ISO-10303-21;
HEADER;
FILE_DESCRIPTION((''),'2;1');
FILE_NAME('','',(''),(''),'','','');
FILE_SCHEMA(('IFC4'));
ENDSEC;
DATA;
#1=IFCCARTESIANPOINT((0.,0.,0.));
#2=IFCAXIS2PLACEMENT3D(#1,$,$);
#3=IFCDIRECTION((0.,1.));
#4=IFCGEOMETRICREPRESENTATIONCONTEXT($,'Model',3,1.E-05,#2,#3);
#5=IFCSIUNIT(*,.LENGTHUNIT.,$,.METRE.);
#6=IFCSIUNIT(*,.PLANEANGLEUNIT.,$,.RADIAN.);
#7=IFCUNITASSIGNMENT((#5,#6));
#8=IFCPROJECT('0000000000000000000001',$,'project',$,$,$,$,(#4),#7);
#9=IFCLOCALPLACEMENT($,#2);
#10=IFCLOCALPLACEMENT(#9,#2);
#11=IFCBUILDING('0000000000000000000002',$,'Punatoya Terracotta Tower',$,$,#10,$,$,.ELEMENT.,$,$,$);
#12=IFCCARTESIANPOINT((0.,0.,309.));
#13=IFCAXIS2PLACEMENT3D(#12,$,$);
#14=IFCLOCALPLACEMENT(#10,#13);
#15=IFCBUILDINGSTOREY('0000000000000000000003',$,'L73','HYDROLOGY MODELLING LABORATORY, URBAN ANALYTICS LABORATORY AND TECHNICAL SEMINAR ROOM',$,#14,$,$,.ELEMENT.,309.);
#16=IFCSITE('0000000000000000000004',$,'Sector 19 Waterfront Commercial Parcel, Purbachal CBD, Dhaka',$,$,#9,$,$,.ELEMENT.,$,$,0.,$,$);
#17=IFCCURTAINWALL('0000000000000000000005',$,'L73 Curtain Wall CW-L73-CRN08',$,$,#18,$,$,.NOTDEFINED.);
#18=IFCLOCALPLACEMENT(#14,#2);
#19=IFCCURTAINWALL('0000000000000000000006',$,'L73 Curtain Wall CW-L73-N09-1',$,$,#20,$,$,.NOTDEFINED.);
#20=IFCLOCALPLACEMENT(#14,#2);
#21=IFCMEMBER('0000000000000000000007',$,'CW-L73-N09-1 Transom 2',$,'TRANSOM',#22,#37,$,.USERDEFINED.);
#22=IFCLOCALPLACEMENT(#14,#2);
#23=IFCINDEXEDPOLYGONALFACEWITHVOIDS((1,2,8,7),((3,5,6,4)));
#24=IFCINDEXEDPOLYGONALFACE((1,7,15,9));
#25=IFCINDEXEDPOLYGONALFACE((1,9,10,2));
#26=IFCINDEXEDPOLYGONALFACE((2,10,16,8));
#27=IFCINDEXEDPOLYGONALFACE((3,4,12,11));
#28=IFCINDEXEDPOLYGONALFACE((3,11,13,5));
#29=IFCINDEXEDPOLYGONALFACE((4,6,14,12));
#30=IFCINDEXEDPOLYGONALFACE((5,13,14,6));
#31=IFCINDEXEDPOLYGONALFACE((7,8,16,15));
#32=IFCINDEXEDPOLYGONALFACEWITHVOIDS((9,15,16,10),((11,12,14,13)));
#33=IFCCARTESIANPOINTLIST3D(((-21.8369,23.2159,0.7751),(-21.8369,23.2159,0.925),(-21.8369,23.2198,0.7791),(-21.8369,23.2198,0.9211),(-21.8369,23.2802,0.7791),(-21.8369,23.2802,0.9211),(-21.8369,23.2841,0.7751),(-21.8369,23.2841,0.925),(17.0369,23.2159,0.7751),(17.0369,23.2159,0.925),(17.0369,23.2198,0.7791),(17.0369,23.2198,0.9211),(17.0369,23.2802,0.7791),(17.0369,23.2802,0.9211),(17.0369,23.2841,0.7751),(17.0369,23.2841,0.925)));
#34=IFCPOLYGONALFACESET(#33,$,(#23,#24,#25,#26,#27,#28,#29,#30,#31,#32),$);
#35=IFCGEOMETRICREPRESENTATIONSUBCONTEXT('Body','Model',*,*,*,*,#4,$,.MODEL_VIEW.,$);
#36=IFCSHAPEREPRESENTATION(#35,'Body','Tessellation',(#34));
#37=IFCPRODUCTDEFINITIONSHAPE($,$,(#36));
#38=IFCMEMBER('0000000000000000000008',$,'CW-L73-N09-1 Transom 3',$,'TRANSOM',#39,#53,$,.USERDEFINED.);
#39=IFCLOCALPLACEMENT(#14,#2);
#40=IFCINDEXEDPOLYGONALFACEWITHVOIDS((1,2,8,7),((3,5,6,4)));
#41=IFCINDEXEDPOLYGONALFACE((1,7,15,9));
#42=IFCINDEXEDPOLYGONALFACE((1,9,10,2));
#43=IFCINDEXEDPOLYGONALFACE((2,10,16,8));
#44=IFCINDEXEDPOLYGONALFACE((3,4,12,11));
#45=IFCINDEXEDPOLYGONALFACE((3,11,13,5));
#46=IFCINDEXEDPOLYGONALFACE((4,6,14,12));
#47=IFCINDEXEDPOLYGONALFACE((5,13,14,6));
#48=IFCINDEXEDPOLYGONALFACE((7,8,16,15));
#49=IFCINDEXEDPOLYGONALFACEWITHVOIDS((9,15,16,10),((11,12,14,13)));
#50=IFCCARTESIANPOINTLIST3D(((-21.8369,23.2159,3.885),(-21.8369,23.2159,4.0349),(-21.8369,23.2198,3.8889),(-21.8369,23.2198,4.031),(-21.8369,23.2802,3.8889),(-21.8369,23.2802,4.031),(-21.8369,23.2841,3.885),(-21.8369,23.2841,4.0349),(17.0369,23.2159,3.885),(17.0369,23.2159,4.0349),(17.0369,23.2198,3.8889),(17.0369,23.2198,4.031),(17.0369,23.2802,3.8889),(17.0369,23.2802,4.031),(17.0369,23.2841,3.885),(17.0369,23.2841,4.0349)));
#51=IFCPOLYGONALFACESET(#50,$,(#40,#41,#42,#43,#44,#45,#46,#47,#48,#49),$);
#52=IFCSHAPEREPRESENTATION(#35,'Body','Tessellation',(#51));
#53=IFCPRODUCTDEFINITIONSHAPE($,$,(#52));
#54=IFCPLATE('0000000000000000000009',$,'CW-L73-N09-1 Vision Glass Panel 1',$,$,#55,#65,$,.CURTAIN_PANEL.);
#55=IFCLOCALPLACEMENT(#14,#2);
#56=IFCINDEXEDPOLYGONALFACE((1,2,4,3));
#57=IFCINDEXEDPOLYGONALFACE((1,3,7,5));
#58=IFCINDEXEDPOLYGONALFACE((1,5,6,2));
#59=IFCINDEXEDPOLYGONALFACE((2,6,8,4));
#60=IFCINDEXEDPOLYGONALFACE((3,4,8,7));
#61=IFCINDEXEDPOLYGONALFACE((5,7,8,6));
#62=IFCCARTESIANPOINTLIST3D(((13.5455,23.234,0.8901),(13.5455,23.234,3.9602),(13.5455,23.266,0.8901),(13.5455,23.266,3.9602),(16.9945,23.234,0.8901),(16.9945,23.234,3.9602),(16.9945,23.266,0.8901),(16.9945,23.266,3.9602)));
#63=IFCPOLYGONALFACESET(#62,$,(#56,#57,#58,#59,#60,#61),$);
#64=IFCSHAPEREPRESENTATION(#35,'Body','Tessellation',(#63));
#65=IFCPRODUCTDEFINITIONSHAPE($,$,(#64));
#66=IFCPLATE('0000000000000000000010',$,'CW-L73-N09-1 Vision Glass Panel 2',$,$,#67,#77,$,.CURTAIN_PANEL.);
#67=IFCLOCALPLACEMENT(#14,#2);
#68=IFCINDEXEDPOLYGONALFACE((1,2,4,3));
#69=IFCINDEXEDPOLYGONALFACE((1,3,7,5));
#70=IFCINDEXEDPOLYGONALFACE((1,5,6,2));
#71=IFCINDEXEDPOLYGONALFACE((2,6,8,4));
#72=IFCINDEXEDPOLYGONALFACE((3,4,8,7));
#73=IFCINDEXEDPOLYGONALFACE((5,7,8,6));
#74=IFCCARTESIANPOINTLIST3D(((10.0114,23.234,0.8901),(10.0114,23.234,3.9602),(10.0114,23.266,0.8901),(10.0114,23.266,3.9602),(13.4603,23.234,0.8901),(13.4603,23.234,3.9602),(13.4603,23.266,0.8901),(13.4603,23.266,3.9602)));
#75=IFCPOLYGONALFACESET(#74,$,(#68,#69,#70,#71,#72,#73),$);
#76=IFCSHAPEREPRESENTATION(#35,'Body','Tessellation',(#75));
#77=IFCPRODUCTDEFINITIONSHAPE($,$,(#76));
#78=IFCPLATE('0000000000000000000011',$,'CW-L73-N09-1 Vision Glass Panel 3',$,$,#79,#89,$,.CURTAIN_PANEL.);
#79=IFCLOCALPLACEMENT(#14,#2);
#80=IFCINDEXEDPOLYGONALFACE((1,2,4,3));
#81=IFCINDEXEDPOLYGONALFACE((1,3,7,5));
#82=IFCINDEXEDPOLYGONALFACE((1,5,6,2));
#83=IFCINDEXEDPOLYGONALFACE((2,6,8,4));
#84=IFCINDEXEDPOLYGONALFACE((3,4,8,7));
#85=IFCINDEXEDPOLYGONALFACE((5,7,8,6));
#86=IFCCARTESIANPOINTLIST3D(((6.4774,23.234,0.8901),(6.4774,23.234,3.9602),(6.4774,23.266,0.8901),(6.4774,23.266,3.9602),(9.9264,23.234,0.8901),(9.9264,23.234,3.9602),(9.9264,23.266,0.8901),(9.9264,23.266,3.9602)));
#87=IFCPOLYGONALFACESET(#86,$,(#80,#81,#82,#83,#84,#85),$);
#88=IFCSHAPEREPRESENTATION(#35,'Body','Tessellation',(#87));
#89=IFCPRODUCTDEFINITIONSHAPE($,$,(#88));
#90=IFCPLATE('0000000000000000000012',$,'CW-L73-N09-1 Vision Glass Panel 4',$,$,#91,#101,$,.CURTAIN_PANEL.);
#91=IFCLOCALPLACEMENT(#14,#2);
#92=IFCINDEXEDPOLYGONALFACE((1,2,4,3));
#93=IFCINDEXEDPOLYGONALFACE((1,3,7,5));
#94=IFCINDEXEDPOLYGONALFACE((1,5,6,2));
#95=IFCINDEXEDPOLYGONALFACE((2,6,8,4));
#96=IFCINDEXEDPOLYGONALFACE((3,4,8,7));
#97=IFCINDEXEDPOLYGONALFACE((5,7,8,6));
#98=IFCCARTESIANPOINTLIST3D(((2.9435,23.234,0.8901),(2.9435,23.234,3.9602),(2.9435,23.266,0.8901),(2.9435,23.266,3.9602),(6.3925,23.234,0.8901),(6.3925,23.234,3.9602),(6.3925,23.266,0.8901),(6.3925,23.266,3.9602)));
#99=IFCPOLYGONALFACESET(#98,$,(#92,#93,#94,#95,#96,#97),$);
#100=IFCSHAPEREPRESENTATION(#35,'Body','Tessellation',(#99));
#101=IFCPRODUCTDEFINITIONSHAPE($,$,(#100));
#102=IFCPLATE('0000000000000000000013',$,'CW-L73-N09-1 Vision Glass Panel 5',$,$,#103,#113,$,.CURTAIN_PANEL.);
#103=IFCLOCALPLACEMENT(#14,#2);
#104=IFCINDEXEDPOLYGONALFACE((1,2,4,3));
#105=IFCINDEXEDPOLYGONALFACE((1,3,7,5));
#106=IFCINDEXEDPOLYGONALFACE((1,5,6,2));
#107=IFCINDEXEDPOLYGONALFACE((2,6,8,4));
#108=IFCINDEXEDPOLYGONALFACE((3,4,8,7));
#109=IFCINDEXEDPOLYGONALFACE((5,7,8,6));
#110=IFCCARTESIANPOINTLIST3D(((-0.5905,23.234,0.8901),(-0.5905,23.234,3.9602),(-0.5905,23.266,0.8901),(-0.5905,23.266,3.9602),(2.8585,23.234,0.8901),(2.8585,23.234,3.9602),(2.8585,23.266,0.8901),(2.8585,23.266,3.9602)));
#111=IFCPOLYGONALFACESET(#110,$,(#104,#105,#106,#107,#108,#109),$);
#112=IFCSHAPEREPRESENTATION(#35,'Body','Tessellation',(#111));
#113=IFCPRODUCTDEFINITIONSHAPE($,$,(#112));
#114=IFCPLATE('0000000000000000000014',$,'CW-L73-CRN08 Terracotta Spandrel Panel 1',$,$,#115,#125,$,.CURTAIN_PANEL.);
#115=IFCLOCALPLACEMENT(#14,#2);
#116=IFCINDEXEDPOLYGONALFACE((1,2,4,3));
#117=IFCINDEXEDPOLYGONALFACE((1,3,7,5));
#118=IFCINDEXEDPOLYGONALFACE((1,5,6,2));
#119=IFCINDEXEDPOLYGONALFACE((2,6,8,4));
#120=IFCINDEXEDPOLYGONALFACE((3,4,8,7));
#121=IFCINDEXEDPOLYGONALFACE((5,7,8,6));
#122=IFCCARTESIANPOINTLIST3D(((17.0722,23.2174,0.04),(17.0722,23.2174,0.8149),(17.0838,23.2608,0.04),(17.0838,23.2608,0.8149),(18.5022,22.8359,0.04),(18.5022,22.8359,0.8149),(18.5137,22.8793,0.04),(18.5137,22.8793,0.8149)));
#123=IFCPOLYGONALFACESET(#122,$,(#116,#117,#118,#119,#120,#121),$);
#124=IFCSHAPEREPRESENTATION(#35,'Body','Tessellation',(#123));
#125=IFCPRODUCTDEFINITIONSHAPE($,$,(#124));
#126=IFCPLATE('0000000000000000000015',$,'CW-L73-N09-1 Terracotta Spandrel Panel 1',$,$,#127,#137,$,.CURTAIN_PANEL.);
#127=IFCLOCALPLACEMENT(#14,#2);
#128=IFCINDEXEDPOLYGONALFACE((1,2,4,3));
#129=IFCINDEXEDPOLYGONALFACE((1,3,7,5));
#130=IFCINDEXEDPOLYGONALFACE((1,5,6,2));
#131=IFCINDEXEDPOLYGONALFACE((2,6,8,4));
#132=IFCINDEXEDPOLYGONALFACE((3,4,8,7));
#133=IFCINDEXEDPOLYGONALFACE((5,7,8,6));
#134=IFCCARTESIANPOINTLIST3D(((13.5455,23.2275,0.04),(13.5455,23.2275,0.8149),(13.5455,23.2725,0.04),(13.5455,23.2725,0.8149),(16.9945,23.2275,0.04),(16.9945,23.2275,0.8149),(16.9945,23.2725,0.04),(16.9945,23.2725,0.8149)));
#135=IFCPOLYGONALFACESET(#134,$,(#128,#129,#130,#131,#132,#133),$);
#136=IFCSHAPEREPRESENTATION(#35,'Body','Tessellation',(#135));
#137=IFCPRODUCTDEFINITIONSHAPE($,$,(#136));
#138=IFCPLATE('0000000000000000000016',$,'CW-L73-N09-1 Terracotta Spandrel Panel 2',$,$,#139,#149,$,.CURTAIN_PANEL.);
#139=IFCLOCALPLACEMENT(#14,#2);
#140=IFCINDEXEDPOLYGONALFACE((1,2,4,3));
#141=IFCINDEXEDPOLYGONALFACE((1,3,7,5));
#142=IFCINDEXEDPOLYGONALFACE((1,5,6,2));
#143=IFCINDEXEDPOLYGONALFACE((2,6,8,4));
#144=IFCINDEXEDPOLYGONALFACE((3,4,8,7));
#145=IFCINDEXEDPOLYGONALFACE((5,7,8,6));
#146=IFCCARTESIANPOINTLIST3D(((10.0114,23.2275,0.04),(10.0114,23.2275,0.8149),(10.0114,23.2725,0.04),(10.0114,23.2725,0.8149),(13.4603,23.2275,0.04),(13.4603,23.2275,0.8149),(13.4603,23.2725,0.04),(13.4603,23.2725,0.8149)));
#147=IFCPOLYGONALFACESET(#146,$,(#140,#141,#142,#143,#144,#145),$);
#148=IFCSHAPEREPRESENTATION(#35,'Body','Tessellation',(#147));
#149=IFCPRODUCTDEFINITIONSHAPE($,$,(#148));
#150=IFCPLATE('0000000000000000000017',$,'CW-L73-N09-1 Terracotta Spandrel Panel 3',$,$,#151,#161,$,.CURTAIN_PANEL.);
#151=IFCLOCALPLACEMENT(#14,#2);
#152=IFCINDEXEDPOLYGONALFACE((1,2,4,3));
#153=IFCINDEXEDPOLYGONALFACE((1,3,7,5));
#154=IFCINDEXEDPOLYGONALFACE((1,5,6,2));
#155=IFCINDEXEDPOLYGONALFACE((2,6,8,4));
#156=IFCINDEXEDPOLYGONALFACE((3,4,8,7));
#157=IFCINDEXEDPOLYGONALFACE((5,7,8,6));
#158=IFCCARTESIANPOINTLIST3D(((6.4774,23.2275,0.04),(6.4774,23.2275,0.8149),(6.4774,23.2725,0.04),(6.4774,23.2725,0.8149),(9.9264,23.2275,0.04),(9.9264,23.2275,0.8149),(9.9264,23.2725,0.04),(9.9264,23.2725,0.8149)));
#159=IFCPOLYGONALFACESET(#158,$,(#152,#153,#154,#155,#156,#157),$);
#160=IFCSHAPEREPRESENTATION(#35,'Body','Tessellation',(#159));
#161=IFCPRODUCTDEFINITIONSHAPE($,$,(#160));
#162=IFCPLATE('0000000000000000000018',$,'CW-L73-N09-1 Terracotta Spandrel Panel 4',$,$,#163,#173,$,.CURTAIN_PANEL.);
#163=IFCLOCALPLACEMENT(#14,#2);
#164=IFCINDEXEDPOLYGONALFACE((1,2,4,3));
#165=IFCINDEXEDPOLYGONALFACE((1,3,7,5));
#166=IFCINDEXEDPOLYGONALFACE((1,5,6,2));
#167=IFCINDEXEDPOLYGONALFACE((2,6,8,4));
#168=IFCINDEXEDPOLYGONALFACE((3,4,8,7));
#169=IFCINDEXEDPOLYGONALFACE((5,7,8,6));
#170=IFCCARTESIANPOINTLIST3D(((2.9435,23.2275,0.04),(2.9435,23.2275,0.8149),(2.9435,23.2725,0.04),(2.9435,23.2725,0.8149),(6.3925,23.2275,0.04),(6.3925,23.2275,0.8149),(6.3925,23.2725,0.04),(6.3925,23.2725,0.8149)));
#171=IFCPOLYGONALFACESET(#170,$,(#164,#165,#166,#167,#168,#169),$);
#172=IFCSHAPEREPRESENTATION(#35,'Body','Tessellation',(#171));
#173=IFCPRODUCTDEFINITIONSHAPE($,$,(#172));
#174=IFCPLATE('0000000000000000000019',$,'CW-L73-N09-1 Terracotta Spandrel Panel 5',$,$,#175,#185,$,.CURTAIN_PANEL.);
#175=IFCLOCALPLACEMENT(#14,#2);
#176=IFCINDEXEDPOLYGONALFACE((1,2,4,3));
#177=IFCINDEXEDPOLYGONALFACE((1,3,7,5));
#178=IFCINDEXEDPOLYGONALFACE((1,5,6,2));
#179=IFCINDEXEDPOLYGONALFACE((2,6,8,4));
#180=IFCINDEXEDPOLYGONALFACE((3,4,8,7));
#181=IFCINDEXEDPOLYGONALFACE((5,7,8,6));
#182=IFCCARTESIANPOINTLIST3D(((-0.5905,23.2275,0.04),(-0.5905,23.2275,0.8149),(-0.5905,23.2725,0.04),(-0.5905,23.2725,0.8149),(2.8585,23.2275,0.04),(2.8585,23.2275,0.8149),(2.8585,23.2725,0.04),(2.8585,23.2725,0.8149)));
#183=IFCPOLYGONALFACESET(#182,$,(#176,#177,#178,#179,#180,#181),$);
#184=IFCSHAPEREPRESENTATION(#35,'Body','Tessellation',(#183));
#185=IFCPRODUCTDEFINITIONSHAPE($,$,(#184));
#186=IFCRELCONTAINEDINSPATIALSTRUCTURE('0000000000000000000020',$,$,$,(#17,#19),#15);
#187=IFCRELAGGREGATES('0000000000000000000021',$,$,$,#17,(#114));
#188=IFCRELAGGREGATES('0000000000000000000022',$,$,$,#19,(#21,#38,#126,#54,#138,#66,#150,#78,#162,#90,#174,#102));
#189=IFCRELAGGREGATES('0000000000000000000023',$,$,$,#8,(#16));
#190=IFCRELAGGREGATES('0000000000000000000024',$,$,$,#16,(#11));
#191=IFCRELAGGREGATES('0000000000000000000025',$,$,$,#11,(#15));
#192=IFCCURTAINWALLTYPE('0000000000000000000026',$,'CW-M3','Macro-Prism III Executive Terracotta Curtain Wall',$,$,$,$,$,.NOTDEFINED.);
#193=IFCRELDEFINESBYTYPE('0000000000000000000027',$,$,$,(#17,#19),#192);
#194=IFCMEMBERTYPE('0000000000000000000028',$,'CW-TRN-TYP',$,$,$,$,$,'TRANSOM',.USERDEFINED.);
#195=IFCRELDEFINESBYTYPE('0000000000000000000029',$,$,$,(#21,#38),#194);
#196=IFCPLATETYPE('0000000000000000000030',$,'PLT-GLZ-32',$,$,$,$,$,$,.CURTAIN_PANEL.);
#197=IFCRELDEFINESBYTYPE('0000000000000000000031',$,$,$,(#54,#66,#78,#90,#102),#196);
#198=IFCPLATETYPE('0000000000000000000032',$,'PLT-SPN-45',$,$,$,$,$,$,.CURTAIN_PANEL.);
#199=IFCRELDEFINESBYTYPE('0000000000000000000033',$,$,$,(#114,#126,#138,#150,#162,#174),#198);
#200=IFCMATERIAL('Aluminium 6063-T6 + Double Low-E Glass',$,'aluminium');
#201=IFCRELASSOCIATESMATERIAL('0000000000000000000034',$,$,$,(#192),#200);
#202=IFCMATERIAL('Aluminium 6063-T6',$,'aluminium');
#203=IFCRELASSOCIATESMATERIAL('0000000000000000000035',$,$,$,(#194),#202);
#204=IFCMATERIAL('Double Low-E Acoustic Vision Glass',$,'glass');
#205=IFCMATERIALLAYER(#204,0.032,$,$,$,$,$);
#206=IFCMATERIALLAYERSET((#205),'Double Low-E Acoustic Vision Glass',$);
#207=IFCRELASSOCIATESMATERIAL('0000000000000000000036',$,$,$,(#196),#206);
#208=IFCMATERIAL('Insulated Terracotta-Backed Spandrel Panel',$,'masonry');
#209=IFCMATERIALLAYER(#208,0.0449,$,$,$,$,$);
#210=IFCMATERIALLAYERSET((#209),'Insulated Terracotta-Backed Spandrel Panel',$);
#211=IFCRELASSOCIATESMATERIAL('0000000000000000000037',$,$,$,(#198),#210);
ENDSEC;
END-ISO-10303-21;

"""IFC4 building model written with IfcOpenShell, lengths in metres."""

from ifc_helpers import new_model, si_unit, direction, frame, origin, origin_2d, place, context, subcontext, project, spatial, rectangle, hollow_rectangle, extrude, material, layer, layer_set, material_profile, profile_set, type_object, element, aggregate, save


model = new_model("IFC4")

# Units and contexts
model_context = context("Model", 3, precision=1e-05, world=origin(), true_north=direction((0.0, 1.0)))
body_context = subcontext(model_context, "Body", "Model", "MODEL_VIEW")
ifc_project = project(units=[si_unit("LENGTHUNIT", "METRE"), si_unit("PLANEANGLEUNIT", "RADIAN")], contexts=[model_context])

# Site, building, storey
site_placement = place(None, origin())
site = spatial("IfcSite", under=ifc_project, at=site_placement, Name="Sector 19 Waterfront Commercial Parcel, Purbachal CBD, Dhaka", CompositionType="ELEMENT", RefElevation=0.0)
building_placement = place(site_placement, origin())
building = spatial("IfcBuilding", under=site, at=building_placement, Name="Punatoya Terracotta Tower", CompositionType="ELEMENT")
storey_placement = place(building_placement, frame((0.0, 0.0, 309.0)))
storey = spatial("IfcBuildingStorey", under=building, at=storey_placement, Name="L73", Description="HYDROLOGY MODELLING LABORATORY, URBAN ANALYTICS LABORATORY AND TECHNICAL SEMINAR ROOM", CompositionType="ELEMENT", Elevation=309.0)

# Curtain wall
ifc_material_1 = material(Name="Aluminium 6063-T6 + Double Low-E Glass", Category="aluminium")
curtain_wall_type = type_object("IfcCurtainWallType", Name="CW-M3", Description="Macro-Prism III Executive Terracotta Curtain Wall", PredefinedType="NOTDEFINED", material=ifc_material_1)
curtain_wall_1_placement = place(storey_placement, origin())
curtain_wall_1 = element("IfcCurtainWall", 1, at=curtain_wall_1_placement, inside=storey, type_object=curtain_wall_type, Name="L73 Curtain Wall CW-L73-CRN08", PredefinedType="NOTDEFINED")
ifc_material_2 = material(Name="Aluminium 6063-T6", Category="aluminium")

# Curtain wall, members, plates
curtain_wall_2_placement = place(storey_placement, origin())
curtain_wall_2 = element("IfcCurtainWall", 2, at=curtain_wall_2_placement, inside=storey, type_object=curtain_wall_type, Name="L73 Curtain Wall CW-L73-N09-1", PredefinedType="NOTDEFINED")
ifc_material_profile_1 = material_profile(ifc_material_2, hollow_rectangle(XDim=0.0681, YDim=0.1499, WallThickness=0.0039, at=origin_2d()))
ifc_profile_set_1 = profile_set([ifc_material_profile_1], Name="Aluminium 6063-T6")
member_type_1 = type_object("IfcMemberType", Name="CW-TRN-TYP", ElementType="TRANSOM", PredefinedType="USERDEFINED", material=ifc_profile_set_1)
member_1_placement = place(storey_placement, frame((17.0369, 23.25, 0.8501), z_axis=(-1.0, 0.0, 0.0), x_axis=(0.0, -1.0, 0.0)))
member_1 = element("IfcMember", 3, at=member_1_placement, type_object=member_type_1, Name="CW-L73-N09-1 Transom 2", ObjectType="TRANSOM", PredefinedType="USERDEFINED", context=body_context, shape_type="SweptSolid", body=[
    extrude(hollow_rectangle(XDim=0.0681, YDim=0.1499, WallThickness=0.0039, at=origin_2d()), origin(), (0.0, 0.0, 1.0), 38.8738),
])
member_2_placement = place(storey_placement, frame((17.0369, 23.25, 3.96), z_axis=(-1.0, 0.0, 0.0), x_axis=(0.0, -1.0, 0.0)))
member_2 = element("IfcMember", 4, at=member_2_placement, type_object=member_type_1, Name="CW-L73-N09-1 Transom 3", ObjectType="TRANSOM", PredefinedType="USERDEFINED", context=body_context, shape_type="SweptSolid", body=[
    extrude(hollow_rectangle(XDim=0.0681, YDim=0.1499, WallThickness=0.0039, at=origin_2d()), origin(), (0.0, 0.0, 1.0), 38.8738),
])
ifc_material_3 = material(Name="Double Low-E Acoustic Vision Glass", Category="glass")
ifc_layer_1 = layer(ifc_material_3, 0.032)
ifc_layer_set_1 = layer_set([ifc_layer_1], Name="Double Low-E Acoustic Vision Glass")
plate_type_1 = type_object("IfcPlateType", Name="PLT-GLZ-32", PredefinedType="CURTAIN_PANEL", material=ifc_layer_set_1)
plate_1_placement = place(storey_placement, frame((15.27, 23.25, 0.8901), z_axis=(0.0, 0.0, 1.0), x_axis=(-1.0, 0.0, 0.0)))
plate_1 = element("IfcPlate", 5, at=plate_1_placement, type_object=plate_type_1, Name="CW-L73-N09-1 Vision Glass Panel 1", PredefinedType="CURTAIN_PANEL", context=body_context, shape_type="SweptSolid", body=[
    extrude(rectangle(XDim=3.449, YDim=0.032, at=origin_2d()), origin(), (0.0, 0.0, 1.0), 3.0701),
])
plate_2_placement = place(storey_placement, frame((11.7358, 23.25, 0.8901), z_axis=(0.0, 0.0, 1.0), x_axis=(-1.0, 0.0, 0.0)))
plate_2 = element("IfcPlate", 6, at=plate_2_placement, type_object=plate_type_1, Name="CW-L73-N09-1 Vision Glass Panel 2", PredefinedType="CURTAIN_PANEL", context=body_context, shape_type="SweptSolid", body=[
    extrude(rectangle(XDim=3.449, YDim=0.032, at=origin_2d()), origin(), (0.0, 0.0, 1.0), 3.0701),
])
plate_3_placement = place(storey_placement, frame((8.2019, 23.25, 0.8901), z_axis=(0.0, 0.0, 1.0), x_axis=(-1.0, 0.0, 0.0)))
plate_3 = element("IfcPlate", 7, at=plate_3_placement, type_object=plate_type_1, Name="CW-L73-N09-1 Vision Glass Panel 3", PredefinedType="CURTAIN_PANEL", context=body_context, shape_type="SweptSolid", body=[
    extrude(rectangle(XDim=3.449, YDim=0.032, at=origin_2d()), origin(), (0.0, 0.0, 1.0), 3.0701),
])
plate_4_placement = place(storey_placement, frame((4.668, 23.25, 0.8901), z_axis=(0.0, 0.0, 1.0), x_axis=(-1.0, 0.0, 0.0)))
plate_4 = element("IfcPlate", 8, at=plate_4_placement, type_object=plate_type_1, Name="CW-L73-N09-1 Vision Glass Panel 4", PredefinedType="CURTAIN_PANEL", context=body_context, shape_type="SweptSolid", body=[
    extrude(rectangle(XDim=3.449, YDim=0.032, at=origin_2d()), origin(), (0.0, 0.0, 1.0), 3.0701),
])
plate_5_placement = place(storey_placement, frame((1.134, 23.25, 0.8901), z_axis=(0.0, 0.0, 1.0), x_axis=(-1.0, 0.0, 0.0)))
plate_5 = element("IfcPlate", 9, at=plate_5_placement, type_object=plate_type_1, Name="CW-L73-N09-1 Vision Glass Panel 5", PredefinedType="CURTAIN_PANEL", context=body_context, shape_type="SweptSolid", body=[
    extrude(rectangle(XDim=3.449, YDim=0.032, at=origin_2d()), origin(), (0.0, 0.0, 1.0), 3.0701),
])

# Plates
ifc_material_4 = material(Name="Insulated Terracotta-Backed Spandrel Panel", Category="masonry")
ifc_layer_2 = layer(ifc_material_4, 0.0449)
ifc_layer_set_2 = layer_set([ifc_layer_2], Name="Insulated Terracotta-Backed Spandrel Panel")
plate_type_2 = type_object("IfcPlateType", Name="PLT-SPN-45", PredefinedType="CURTAIN_PANEL", material=ifc_layer_set_2)
plate_6_placement = place(storey_placement, frame((17.793, 23.0483, 0.04), z_axis=(0.0, 0.0, 1.0), x_axis=(-0.966214, 0.257742, 0.0)))
plate_6 = element("IfcPlate", 10, at=plate_6_placement, type_object=plate_type_2, Name="CW-L73-CRN08 Terracotta Spandrel Panel 1", PredefinedType="CURTAIN_PANEL", context=body_context, shape_type="SweptSolid", body=[
    extrude(rectangle(XDim=1.48, YDim=0.0449, at=origin_2d()), origin(), (0.0, 0.0, 1.0), 0.7749),
])
aggregate(curtain_wall_1, [plate_6])
plate_7_placement = place(storey_placement, frame((15.27, 23.25, 0.04), z_axis=(0.0, 0.0, 1.0), x_axis=(-1.0, 0.0, 0.0)))
plate_7 = element("IfcPlate", 11, at=plate_7_placement, type_object=plate_type_2, Name="CW-L73-N09-1 Terracotta Spandrel Panel 1", PredefinedType="CURTAIN_PANEL", context=body_context, shape_type="SweptSolid", body=[
    extrude(rectangle(XDim=3.449, YDim=0.0449, at=origin_2d()), origin(), (0.0, 0.0, 1.0), 0.7749),
])
plate_8_placement = place(storey_placement, frame((11.7358, 23.25, 0.04), z_axis=(0.0, 0.0, 1.0), x_axis=(-1.0, 0.0, 0.0)))
plate_8 = element("IfcPlate", 12, at=plate_8_placement, type_object=plate_type_2, Name="CW-L73-N09-1 Terracotta Spandrel Panel 2", PredefinedType="CURTAIN_PANEL", context=body_context, shape_type="SweptSolid", body=[
    extrude(rectangle(XDim=3.449, YDim=0.0449, at=origin_2d()), origin(), (0.0, 0.0, 1.0), 0.7749),
])
plate_9_placement = place(storey_placement, frame((8.2019, 23.25, 0.04), z_axis=(0.0, 0.0, 1.0), x_axis=(-1.0, 0.0, 0.0)))
plate_9 = element("IfcPlate", 13, at=plate_9_placement, type_object=plate_type_2, Name="CW-L73-N09-1 Terracotta Spandrel Panel 3", PredefinedType="CURTAIN_PANEL", context=body_context, shape_type="SweptSolid", body=[
    extrude(rectangle(XDim=3.449, YDim=0.0449, at=origin_2d()), origin(), (0.0, 0.0, 1.0), 0.7749),
])
plate_10_placement = place(storey_placement, frame((4.668, 23.25, 0.04), z_axis=(0.0, 0.0, 1.0), x_axis=(-1.0, 0.0, 0.0)))
plate_10 = element("IfcPlate", 14, at=plate_10_placement, type_object=plate_type_2, Name="CW-L73-N09-1 Terracotta Spandrel Panel 4", PredefinedType="CURTAIN_PANEL", context=body_context, shape_type="SweptSolid", body=[
    extrude(rectangle(XDim=3.449, YDim=0.0449, at=origin_2d()), origin(), (0.0, 0.0, 1.0), 0.7749),
])
plate_11_placement = place(storey_placement, frame((1.134, 23.25, 0.04), z_axis=(0.0, 0.0, 1.0), x_axis=(-1.0, 0.0, 0.0)))
plate_11 = element("IfcPlate", 15, at=plate_11_placement, type_object=plate_type_2, Name="CW-L73-N09-1 Terracotta Spandrel Panel 5", PredefinedType="CURTAIN_PANEL", context=body_context, shape_type="SweptSolid", body=[
    extrude(rectangle(XDim=3.449, YDim=0.0449, at=origin_2d()), origin(), (0.0, 0.0, 1.0), 0.7749),
])
aggregate(curtain_wall_2, [member_1, member_2, plate_7, plate_1, plate_8, plate_2, plate_9, plate_3, plate_10, plate_4, plate_11, plate_5])

save(model, "model.ifc")
